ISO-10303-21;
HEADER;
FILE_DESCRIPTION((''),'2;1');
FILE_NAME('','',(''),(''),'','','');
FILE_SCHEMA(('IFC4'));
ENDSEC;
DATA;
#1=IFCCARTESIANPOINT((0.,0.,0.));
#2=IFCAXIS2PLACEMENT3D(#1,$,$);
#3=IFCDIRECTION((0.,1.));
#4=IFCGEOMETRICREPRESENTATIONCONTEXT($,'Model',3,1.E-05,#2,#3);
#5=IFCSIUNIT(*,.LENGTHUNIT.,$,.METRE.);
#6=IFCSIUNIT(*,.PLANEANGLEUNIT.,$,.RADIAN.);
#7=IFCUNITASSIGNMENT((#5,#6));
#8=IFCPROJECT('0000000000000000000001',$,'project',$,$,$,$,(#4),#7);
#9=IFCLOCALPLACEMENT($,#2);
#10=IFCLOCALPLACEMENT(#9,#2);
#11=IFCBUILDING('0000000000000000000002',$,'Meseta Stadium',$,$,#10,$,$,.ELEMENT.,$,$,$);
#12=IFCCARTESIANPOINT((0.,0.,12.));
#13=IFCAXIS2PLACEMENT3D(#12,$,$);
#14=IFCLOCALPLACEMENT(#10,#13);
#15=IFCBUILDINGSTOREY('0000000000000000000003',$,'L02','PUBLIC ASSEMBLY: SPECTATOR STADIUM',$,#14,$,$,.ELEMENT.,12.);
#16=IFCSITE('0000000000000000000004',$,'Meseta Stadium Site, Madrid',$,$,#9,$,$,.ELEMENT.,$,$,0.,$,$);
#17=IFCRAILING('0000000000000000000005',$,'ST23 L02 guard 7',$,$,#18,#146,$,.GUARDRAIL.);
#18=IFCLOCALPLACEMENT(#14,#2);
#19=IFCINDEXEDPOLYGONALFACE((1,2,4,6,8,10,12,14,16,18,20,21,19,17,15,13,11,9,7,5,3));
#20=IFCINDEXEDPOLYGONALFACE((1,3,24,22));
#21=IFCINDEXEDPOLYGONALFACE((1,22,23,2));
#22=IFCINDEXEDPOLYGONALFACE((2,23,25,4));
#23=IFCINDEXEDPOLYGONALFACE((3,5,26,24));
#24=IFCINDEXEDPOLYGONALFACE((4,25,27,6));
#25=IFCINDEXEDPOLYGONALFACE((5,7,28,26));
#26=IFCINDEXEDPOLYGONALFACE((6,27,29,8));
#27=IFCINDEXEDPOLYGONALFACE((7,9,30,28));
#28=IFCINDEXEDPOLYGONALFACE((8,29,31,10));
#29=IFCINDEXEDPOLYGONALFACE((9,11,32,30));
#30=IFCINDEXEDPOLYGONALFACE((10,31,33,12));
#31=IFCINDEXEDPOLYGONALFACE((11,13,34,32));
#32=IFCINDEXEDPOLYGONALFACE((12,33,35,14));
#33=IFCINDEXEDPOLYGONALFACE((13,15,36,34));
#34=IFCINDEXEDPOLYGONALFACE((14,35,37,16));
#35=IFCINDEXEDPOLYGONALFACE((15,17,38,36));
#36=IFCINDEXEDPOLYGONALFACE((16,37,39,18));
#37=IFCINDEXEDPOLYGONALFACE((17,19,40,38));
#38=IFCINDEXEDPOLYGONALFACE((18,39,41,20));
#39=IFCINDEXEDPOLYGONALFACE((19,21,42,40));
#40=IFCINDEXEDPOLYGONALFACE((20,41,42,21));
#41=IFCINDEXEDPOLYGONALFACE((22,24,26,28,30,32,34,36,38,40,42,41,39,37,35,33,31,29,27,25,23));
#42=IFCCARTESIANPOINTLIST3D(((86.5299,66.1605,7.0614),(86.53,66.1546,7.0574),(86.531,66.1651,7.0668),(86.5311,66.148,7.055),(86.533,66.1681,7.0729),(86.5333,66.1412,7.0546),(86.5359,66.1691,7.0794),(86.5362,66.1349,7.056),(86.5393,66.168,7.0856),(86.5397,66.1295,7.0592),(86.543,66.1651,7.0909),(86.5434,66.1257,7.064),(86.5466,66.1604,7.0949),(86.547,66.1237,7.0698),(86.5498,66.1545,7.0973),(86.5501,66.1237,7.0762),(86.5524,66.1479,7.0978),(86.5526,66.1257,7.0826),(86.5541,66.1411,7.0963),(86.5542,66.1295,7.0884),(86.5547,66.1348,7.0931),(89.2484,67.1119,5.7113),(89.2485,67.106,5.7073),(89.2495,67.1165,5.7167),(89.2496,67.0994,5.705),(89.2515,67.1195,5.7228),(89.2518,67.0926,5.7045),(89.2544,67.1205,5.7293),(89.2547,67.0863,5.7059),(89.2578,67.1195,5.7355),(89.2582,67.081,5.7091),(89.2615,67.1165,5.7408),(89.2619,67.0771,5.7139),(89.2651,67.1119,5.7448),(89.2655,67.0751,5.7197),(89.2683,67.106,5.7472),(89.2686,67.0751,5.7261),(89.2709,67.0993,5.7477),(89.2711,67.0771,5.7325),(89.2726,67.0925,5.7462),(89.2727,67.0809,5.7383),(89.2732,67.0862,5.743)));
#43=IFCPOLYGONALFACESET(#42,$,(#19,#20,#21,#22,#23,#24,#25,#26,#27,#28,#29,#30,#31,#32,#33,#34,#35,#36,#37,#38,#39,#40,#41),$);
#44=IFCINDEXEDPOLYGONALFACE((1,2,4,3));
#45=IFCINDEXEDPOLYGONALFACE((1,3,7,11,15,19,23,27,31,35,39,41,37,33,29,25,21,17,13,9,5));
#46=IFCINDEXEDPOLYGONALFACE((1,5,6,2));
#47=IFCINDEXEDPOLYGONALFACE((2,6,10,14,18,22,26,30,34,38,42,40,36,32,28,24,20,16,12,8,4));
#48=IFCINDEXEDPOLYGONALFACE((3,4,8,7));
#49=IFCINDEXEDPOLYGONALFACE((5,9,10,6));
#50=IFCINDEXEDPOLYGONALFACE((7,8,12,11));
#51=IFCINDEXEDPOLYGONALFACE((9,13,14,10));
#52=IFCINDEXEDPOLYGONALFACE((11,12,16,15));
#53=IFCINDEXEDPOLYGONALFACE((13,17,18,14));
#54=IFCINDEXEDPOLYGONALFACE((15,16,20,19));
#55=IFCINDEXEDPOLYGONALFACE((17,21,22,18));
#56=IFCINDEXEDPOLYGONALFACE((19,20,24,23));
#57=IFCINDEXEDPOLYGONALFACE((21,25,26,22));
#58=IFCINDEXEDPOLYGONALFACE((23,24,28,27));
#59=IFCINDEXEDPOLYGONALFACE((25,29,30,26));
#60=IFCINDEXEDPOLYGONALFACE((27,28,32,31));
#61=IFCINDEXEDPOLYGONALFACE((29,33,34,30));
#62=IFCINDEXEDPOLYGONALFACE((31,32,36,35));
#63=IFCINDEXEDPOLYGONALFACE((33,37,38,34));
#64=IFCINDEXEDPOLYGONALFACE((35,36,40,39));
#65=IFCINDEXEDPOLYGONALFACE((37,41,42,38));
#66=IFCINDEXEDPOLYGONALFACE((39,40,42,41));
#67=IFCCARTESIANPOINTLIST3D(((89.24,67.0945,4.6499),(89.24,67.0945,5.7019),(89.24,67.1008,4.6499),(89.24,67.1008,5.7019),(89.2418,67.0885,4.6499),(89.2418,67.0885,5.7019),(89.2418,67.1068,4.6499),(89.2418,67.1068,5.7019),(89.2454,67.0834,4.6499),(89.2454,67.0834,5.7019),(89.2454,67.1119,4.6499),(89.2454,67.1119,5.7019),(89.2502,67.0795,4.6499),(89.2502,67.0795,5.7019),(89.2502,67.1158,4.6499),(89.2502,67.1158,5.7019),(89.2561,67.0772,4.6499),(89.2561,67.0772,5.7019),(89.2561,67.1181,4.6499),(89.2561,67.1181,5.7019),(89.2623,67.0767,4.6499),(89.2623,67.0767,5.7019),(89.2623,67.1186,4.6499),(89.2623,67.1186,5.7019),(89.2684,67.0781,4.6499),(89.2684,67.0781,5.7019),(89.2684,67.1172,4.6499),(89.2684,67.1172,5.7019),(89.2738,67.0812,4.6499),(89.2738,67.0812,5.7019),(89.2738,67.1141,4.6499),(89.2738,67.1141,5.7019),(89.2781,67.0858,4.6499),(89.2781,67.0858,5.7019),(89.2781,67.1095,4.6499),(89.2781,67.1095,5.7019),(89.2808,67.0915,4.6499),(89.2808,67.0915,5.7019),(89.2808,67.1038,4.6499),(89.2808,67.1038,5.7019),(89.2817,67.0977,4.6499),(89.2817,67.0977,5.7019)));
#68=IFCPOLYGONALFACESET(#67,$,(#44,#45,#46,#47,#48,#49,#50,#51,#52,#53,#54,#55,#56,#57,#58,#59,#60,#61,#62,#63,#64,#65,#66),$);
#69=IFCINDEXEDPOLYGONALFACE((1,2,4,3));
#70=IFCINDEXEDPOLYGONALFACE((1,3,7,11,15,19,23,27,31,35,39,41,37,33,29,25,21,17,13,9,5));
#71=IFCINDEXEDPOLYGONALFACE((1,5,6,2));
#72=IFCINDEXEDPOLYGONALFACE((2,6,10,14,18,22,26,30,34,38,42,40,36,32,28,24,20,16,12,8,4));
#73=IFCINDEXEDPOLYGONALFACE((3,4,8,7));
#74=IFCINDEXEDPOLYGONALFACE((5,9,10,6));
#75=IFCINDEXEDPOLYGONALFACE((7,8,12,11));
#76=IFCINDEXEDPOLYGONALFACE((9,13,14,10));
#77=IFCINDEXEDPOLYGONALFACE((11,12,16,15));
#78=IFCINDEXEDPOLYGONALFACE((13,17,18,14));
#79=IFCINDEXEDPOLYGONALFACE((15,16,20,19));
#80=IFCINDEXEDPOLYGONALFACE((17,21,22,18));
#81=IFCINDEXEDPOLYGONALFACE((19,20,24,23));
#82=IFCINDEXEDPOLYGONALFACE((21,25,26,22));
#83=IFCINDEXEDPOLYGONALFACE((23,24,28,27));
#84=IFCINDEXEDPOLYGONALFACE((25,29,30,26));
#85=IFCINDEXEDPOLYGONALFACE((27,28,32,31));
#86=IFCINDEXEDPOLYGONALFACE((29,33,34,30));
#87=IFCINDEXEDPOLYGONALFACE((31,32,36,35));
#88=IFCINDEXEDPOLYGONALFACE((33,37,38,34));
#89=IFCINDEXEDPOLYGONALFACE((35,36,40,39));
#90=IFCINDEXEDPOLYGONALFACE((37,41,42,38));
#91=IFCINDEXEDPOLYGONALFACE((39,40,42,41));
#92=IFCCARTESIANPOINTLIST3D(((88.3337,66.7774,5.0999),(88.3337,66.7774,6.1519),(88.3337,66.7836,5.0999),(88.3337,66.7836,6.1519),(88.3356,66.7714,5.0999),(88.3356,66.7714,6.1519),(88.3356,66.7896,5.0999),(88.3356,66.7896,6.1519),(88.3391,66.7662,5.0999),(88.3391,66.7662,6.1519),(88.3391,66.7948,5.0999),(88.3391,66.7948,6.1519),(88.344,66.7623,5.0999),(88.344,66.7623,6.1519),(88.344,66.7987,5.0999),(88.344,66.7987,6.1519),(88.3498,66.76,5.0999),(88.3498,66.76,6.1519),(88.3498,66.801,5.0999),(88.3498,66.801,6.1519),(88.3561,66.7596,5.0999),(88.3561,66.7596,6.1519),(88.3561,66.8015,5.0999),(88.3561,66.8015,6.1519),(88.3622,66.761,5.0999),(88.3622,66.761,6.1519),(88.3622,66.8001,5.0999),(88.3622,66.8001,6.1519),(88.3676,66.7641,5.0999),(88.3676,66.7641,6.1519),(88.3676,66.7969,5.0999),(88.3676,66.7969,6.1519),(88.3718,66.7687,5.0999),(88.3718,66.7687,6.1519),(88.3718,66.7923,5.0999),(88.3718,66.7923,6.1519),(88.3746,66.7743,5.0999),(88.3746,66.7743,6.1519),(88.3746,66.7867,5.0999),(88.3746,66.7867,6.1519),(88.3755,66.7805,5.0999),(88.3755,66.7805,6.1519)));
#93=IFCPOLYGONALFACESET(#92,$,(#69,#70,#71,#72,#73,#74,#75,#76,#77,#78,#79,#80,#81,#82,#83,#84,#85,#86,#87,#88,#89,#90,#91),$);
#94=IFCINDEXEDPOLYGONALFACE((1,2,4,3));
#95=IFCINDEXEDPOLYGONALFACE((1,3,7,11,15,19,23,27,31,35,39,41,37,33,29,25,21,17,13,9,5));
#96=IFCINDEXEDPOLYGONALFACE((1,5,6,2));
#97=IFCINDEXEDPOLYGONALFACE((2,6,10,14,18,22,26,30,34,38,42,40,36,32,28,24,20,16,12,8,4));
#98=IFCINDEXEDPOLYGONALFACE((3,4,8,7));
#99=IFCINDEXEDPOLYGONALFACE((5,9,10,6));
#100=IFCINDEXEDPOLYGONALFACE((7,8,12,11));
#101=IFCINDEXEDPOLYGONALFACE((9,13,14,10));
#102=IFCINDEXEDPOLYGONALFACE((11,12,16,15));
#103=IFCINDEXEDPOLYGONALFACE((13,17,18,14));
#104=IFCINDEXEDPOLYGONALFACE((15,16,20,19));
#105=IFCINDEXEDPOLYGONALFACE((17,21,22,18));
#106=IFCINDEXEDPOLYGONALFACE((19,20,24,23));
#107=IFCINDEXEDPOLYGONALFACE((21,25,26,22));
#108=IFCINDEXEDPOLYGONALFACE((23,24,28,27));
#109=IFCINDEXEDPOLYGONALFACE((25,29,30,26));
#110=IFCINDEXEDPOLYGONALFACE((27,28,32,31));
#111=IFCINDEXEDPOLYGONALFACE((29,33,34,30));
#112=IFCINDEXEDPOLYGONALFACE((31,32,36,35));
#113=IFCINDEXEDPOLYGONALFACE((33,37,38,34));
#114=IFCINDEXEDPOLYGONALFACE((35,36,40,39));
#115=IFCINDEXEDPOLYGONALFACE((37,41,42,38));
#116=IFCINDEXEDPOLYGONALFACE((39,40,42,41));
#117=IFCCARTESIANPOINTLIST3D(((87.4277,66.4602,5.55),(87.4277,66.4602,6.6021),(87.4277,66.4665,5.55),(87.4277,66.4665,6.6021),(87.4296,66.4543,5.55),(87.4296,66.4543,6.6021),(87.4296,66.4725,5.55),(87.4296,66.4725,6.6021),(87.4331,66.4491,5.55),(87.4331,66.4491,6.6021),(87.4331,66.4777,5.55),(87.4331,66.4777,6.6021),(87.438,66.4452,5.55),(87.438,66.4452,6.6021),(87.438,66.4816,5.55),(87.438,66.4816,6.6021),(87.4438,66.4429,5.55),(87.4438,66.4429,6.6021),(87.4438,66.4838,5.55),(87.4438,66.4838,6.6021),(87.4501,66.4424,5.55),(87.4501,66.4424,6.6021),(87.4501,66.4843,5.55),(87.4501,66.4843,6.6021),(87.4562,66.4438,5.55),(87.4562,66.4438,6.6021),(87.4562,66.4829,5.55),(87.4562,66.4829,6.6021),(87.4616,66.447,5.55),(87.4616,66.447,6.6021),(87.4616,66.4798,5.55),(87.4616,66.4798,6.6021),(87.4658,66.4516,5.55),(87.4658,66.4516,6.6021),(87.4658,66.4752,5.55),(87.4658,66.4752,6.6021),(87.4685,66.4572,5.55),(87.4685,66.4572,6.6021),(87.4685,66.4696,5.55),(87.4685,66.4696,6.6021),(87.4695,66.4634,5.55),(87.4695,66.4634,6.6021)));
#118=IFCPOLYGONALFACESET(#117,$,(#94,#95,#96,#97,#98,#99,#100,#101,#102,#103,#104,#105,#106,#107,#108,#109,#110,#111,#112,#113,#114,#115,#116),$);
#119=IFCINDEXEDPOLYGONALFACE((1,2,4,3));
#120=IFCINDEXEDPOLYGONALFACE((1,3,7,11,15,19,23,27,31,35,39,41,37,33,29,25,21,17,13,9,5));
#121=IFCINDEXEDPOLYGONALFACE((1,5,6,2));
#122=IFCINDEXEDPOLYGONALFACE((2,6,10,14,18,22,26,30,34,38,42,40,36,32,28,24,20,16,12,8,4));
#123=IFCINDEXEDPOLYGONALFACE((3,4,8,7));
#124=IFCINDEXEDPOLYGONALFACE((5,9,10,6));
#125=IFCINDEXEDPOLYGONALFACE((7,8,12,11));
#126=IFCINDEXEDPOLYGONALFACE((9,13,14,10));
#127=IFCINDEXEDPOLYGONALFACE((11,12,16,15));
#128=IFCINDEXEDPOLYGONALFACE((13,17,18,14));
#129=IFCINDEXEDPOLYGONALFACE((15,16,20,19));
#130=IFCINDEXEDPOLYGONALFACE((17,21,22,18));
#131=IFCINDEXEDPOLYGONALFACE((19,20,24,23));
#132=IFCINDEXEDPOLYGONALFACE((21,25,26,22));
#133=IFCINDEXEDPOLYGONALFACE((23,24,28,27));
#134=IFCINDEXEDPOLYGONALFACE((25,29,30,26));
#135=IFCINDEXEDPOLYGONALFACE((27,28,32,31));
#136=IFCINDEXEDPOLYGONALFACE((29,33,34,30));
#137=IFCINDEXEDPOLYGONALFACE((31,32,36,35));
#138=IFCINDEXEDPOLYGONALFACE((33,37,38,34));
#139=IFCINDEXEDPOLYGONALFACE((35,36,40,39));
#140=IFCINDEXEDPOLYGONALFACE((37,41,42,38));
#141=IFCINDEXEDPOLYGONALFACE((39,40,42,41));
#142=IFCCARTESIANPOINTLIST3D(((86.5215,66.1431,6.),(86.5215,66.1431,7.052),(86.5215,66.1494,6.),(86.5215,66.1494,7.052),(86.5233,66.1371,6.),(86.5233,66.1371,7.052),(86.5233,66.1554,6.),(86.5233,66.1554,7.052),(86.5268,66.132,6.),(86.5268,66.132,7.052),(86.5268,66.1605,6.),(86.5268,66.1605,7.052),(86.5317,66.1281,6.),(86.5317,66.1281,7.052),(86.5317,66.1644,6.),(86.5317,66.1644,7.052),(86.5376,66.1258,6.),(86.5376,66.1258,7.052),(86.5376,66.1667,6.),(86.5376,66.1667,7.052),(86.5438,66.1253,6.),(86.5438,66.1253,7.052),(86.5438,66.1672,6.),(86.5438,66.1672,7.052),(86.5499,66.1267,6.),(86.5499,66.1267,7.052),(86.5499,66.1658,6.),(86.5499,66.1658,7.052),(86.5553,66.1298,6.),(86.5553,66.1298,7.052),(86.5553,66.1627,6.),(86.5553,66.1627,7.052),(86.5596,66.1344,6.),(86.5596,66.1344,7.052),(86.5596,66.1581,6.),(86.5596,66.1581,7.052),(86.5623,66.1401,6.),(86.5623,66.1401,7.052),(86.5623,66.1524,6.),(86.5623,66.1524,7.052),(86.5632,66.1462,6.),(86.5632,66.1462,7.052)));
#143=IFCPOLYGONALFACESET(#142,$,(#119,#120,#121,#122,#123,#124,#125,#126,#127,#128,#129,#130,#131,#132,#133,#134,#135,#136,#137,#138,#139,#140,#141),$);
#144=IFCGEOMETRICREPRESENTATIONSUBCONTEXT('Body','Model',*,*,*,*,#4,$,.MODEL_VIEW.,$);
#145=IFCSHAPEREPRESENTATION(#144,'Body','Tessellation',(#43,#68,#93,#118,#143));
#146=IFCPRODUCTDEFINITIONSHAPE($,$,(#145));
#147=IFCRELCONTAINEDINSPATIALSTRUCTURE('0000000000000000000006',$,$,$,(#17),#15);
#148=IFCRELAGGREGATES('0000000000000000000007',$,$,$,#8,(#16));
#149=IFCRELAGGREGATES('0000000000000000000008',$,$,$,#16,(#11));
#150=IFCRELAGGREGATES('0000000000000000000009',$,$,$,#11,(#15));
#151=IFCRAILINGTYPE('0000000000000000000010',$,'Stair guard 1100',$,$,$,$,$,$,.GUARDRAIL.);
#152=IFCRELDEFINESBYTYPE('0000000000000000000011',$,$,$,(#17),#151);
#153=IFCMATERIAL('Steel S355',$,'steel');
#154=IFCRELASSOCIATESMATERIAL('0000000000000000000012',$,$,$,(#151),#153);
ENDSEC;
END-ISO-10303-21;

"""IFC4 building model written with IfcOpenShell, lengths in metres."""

from ifc_helpers import new_model, si_unit, direction, frame, origin, origin_2d, place, context, subcontext, project, spatial, circle, extrude, material, type_object, element, save


model = new_model("IFC4")

# Units and contexts
model_context = context("Model", 3, precision=1e-05, world=origin(), true_north=direction((0.0, 1.0)))
body_context = subcontext(model_context, "Body", "Model", "MODEL_VIEW")
ifc_project = project(units=[si_unit("LENGTHUNIT", "METRE"), si_unit("PLANEANGLEUNIT", "RADIAN")], contexts=[model_context])

# Site, building, storey
site_placement = place(None, origin())
site = spatial("IfcSite", under=ifc_project, at=site_placement, Name="Meseta Stadium Site, Madrid", CompositionType="ELEMENT", RefElevation=0.0)
building_placement = place(site_placement, origin())
building = spatial("IfcBuilding", under=site, at=building_placement, Name="Meseta Stadium", CompositionType="ELEMENT")
storey_placement = place(building_placement, frame((0.0, 0.0, 12.0)))
storey = spatial("IfcBuildingStorey", under=building, at=storey_placement, Name="L02", Description="PUBLIC ASSEMBLY: SPECTATOR STADIUM", CompositionType="ELEMENT", Elevation=12.0)

# Railing
ifc_material_1 = material(Name="Steel S355", Category="steel")
railing_type_1 = type_object("IfcRailingType", Name="Stair guard 1100", PredefinedType="GUARDRAIL", material=ifc_material_1)
railing_1_placement = place(storey_placement, frame((89.2607, 67.0977, 4.6499)))
element("IfcRailing", 1, at=railing_1_placement, inside=storey, type_object=railing_type_1, Name="ST23 L02 guard 7", PredefinedType="GUARDRAIL", context=body_context, shape_type="SweptSolid", body=[
    extrude(circle(Radius=0.0239, at=origin_2d()), frame((0.0, 0.0, 1.0762), z_axis=(-0.85463, -0.299101, 0.424437), x_axis=(0.330332, -0.943865, 0.0)), (0.0, 0.0, 1.0), 3.1809),
    extrude(circle(Radius=0.021, at=origin_2d()), origin(), (0.0, 0.0, 1.0), 1.052),
    extrude(circle(Radius=0.021, at=origin_2d()), frame((-0.9062, -0.3171, 0.45)), (0.0, 0.0, 1.0), 1.052),
    extrude(circle(Radius=0.021, at=origin_2d()), frame((-1.8123, -0.6343, 0.9001)), (0.0, 0.0, 1.0), 1.052),
    extrude(circle(Radius=0.021, at=origin_2d()), frame((-2.7185, -0.9514, 1.3501)), (0.0, 0.0, 1.0), 1.052),
])

save(model, "model.ifc")
